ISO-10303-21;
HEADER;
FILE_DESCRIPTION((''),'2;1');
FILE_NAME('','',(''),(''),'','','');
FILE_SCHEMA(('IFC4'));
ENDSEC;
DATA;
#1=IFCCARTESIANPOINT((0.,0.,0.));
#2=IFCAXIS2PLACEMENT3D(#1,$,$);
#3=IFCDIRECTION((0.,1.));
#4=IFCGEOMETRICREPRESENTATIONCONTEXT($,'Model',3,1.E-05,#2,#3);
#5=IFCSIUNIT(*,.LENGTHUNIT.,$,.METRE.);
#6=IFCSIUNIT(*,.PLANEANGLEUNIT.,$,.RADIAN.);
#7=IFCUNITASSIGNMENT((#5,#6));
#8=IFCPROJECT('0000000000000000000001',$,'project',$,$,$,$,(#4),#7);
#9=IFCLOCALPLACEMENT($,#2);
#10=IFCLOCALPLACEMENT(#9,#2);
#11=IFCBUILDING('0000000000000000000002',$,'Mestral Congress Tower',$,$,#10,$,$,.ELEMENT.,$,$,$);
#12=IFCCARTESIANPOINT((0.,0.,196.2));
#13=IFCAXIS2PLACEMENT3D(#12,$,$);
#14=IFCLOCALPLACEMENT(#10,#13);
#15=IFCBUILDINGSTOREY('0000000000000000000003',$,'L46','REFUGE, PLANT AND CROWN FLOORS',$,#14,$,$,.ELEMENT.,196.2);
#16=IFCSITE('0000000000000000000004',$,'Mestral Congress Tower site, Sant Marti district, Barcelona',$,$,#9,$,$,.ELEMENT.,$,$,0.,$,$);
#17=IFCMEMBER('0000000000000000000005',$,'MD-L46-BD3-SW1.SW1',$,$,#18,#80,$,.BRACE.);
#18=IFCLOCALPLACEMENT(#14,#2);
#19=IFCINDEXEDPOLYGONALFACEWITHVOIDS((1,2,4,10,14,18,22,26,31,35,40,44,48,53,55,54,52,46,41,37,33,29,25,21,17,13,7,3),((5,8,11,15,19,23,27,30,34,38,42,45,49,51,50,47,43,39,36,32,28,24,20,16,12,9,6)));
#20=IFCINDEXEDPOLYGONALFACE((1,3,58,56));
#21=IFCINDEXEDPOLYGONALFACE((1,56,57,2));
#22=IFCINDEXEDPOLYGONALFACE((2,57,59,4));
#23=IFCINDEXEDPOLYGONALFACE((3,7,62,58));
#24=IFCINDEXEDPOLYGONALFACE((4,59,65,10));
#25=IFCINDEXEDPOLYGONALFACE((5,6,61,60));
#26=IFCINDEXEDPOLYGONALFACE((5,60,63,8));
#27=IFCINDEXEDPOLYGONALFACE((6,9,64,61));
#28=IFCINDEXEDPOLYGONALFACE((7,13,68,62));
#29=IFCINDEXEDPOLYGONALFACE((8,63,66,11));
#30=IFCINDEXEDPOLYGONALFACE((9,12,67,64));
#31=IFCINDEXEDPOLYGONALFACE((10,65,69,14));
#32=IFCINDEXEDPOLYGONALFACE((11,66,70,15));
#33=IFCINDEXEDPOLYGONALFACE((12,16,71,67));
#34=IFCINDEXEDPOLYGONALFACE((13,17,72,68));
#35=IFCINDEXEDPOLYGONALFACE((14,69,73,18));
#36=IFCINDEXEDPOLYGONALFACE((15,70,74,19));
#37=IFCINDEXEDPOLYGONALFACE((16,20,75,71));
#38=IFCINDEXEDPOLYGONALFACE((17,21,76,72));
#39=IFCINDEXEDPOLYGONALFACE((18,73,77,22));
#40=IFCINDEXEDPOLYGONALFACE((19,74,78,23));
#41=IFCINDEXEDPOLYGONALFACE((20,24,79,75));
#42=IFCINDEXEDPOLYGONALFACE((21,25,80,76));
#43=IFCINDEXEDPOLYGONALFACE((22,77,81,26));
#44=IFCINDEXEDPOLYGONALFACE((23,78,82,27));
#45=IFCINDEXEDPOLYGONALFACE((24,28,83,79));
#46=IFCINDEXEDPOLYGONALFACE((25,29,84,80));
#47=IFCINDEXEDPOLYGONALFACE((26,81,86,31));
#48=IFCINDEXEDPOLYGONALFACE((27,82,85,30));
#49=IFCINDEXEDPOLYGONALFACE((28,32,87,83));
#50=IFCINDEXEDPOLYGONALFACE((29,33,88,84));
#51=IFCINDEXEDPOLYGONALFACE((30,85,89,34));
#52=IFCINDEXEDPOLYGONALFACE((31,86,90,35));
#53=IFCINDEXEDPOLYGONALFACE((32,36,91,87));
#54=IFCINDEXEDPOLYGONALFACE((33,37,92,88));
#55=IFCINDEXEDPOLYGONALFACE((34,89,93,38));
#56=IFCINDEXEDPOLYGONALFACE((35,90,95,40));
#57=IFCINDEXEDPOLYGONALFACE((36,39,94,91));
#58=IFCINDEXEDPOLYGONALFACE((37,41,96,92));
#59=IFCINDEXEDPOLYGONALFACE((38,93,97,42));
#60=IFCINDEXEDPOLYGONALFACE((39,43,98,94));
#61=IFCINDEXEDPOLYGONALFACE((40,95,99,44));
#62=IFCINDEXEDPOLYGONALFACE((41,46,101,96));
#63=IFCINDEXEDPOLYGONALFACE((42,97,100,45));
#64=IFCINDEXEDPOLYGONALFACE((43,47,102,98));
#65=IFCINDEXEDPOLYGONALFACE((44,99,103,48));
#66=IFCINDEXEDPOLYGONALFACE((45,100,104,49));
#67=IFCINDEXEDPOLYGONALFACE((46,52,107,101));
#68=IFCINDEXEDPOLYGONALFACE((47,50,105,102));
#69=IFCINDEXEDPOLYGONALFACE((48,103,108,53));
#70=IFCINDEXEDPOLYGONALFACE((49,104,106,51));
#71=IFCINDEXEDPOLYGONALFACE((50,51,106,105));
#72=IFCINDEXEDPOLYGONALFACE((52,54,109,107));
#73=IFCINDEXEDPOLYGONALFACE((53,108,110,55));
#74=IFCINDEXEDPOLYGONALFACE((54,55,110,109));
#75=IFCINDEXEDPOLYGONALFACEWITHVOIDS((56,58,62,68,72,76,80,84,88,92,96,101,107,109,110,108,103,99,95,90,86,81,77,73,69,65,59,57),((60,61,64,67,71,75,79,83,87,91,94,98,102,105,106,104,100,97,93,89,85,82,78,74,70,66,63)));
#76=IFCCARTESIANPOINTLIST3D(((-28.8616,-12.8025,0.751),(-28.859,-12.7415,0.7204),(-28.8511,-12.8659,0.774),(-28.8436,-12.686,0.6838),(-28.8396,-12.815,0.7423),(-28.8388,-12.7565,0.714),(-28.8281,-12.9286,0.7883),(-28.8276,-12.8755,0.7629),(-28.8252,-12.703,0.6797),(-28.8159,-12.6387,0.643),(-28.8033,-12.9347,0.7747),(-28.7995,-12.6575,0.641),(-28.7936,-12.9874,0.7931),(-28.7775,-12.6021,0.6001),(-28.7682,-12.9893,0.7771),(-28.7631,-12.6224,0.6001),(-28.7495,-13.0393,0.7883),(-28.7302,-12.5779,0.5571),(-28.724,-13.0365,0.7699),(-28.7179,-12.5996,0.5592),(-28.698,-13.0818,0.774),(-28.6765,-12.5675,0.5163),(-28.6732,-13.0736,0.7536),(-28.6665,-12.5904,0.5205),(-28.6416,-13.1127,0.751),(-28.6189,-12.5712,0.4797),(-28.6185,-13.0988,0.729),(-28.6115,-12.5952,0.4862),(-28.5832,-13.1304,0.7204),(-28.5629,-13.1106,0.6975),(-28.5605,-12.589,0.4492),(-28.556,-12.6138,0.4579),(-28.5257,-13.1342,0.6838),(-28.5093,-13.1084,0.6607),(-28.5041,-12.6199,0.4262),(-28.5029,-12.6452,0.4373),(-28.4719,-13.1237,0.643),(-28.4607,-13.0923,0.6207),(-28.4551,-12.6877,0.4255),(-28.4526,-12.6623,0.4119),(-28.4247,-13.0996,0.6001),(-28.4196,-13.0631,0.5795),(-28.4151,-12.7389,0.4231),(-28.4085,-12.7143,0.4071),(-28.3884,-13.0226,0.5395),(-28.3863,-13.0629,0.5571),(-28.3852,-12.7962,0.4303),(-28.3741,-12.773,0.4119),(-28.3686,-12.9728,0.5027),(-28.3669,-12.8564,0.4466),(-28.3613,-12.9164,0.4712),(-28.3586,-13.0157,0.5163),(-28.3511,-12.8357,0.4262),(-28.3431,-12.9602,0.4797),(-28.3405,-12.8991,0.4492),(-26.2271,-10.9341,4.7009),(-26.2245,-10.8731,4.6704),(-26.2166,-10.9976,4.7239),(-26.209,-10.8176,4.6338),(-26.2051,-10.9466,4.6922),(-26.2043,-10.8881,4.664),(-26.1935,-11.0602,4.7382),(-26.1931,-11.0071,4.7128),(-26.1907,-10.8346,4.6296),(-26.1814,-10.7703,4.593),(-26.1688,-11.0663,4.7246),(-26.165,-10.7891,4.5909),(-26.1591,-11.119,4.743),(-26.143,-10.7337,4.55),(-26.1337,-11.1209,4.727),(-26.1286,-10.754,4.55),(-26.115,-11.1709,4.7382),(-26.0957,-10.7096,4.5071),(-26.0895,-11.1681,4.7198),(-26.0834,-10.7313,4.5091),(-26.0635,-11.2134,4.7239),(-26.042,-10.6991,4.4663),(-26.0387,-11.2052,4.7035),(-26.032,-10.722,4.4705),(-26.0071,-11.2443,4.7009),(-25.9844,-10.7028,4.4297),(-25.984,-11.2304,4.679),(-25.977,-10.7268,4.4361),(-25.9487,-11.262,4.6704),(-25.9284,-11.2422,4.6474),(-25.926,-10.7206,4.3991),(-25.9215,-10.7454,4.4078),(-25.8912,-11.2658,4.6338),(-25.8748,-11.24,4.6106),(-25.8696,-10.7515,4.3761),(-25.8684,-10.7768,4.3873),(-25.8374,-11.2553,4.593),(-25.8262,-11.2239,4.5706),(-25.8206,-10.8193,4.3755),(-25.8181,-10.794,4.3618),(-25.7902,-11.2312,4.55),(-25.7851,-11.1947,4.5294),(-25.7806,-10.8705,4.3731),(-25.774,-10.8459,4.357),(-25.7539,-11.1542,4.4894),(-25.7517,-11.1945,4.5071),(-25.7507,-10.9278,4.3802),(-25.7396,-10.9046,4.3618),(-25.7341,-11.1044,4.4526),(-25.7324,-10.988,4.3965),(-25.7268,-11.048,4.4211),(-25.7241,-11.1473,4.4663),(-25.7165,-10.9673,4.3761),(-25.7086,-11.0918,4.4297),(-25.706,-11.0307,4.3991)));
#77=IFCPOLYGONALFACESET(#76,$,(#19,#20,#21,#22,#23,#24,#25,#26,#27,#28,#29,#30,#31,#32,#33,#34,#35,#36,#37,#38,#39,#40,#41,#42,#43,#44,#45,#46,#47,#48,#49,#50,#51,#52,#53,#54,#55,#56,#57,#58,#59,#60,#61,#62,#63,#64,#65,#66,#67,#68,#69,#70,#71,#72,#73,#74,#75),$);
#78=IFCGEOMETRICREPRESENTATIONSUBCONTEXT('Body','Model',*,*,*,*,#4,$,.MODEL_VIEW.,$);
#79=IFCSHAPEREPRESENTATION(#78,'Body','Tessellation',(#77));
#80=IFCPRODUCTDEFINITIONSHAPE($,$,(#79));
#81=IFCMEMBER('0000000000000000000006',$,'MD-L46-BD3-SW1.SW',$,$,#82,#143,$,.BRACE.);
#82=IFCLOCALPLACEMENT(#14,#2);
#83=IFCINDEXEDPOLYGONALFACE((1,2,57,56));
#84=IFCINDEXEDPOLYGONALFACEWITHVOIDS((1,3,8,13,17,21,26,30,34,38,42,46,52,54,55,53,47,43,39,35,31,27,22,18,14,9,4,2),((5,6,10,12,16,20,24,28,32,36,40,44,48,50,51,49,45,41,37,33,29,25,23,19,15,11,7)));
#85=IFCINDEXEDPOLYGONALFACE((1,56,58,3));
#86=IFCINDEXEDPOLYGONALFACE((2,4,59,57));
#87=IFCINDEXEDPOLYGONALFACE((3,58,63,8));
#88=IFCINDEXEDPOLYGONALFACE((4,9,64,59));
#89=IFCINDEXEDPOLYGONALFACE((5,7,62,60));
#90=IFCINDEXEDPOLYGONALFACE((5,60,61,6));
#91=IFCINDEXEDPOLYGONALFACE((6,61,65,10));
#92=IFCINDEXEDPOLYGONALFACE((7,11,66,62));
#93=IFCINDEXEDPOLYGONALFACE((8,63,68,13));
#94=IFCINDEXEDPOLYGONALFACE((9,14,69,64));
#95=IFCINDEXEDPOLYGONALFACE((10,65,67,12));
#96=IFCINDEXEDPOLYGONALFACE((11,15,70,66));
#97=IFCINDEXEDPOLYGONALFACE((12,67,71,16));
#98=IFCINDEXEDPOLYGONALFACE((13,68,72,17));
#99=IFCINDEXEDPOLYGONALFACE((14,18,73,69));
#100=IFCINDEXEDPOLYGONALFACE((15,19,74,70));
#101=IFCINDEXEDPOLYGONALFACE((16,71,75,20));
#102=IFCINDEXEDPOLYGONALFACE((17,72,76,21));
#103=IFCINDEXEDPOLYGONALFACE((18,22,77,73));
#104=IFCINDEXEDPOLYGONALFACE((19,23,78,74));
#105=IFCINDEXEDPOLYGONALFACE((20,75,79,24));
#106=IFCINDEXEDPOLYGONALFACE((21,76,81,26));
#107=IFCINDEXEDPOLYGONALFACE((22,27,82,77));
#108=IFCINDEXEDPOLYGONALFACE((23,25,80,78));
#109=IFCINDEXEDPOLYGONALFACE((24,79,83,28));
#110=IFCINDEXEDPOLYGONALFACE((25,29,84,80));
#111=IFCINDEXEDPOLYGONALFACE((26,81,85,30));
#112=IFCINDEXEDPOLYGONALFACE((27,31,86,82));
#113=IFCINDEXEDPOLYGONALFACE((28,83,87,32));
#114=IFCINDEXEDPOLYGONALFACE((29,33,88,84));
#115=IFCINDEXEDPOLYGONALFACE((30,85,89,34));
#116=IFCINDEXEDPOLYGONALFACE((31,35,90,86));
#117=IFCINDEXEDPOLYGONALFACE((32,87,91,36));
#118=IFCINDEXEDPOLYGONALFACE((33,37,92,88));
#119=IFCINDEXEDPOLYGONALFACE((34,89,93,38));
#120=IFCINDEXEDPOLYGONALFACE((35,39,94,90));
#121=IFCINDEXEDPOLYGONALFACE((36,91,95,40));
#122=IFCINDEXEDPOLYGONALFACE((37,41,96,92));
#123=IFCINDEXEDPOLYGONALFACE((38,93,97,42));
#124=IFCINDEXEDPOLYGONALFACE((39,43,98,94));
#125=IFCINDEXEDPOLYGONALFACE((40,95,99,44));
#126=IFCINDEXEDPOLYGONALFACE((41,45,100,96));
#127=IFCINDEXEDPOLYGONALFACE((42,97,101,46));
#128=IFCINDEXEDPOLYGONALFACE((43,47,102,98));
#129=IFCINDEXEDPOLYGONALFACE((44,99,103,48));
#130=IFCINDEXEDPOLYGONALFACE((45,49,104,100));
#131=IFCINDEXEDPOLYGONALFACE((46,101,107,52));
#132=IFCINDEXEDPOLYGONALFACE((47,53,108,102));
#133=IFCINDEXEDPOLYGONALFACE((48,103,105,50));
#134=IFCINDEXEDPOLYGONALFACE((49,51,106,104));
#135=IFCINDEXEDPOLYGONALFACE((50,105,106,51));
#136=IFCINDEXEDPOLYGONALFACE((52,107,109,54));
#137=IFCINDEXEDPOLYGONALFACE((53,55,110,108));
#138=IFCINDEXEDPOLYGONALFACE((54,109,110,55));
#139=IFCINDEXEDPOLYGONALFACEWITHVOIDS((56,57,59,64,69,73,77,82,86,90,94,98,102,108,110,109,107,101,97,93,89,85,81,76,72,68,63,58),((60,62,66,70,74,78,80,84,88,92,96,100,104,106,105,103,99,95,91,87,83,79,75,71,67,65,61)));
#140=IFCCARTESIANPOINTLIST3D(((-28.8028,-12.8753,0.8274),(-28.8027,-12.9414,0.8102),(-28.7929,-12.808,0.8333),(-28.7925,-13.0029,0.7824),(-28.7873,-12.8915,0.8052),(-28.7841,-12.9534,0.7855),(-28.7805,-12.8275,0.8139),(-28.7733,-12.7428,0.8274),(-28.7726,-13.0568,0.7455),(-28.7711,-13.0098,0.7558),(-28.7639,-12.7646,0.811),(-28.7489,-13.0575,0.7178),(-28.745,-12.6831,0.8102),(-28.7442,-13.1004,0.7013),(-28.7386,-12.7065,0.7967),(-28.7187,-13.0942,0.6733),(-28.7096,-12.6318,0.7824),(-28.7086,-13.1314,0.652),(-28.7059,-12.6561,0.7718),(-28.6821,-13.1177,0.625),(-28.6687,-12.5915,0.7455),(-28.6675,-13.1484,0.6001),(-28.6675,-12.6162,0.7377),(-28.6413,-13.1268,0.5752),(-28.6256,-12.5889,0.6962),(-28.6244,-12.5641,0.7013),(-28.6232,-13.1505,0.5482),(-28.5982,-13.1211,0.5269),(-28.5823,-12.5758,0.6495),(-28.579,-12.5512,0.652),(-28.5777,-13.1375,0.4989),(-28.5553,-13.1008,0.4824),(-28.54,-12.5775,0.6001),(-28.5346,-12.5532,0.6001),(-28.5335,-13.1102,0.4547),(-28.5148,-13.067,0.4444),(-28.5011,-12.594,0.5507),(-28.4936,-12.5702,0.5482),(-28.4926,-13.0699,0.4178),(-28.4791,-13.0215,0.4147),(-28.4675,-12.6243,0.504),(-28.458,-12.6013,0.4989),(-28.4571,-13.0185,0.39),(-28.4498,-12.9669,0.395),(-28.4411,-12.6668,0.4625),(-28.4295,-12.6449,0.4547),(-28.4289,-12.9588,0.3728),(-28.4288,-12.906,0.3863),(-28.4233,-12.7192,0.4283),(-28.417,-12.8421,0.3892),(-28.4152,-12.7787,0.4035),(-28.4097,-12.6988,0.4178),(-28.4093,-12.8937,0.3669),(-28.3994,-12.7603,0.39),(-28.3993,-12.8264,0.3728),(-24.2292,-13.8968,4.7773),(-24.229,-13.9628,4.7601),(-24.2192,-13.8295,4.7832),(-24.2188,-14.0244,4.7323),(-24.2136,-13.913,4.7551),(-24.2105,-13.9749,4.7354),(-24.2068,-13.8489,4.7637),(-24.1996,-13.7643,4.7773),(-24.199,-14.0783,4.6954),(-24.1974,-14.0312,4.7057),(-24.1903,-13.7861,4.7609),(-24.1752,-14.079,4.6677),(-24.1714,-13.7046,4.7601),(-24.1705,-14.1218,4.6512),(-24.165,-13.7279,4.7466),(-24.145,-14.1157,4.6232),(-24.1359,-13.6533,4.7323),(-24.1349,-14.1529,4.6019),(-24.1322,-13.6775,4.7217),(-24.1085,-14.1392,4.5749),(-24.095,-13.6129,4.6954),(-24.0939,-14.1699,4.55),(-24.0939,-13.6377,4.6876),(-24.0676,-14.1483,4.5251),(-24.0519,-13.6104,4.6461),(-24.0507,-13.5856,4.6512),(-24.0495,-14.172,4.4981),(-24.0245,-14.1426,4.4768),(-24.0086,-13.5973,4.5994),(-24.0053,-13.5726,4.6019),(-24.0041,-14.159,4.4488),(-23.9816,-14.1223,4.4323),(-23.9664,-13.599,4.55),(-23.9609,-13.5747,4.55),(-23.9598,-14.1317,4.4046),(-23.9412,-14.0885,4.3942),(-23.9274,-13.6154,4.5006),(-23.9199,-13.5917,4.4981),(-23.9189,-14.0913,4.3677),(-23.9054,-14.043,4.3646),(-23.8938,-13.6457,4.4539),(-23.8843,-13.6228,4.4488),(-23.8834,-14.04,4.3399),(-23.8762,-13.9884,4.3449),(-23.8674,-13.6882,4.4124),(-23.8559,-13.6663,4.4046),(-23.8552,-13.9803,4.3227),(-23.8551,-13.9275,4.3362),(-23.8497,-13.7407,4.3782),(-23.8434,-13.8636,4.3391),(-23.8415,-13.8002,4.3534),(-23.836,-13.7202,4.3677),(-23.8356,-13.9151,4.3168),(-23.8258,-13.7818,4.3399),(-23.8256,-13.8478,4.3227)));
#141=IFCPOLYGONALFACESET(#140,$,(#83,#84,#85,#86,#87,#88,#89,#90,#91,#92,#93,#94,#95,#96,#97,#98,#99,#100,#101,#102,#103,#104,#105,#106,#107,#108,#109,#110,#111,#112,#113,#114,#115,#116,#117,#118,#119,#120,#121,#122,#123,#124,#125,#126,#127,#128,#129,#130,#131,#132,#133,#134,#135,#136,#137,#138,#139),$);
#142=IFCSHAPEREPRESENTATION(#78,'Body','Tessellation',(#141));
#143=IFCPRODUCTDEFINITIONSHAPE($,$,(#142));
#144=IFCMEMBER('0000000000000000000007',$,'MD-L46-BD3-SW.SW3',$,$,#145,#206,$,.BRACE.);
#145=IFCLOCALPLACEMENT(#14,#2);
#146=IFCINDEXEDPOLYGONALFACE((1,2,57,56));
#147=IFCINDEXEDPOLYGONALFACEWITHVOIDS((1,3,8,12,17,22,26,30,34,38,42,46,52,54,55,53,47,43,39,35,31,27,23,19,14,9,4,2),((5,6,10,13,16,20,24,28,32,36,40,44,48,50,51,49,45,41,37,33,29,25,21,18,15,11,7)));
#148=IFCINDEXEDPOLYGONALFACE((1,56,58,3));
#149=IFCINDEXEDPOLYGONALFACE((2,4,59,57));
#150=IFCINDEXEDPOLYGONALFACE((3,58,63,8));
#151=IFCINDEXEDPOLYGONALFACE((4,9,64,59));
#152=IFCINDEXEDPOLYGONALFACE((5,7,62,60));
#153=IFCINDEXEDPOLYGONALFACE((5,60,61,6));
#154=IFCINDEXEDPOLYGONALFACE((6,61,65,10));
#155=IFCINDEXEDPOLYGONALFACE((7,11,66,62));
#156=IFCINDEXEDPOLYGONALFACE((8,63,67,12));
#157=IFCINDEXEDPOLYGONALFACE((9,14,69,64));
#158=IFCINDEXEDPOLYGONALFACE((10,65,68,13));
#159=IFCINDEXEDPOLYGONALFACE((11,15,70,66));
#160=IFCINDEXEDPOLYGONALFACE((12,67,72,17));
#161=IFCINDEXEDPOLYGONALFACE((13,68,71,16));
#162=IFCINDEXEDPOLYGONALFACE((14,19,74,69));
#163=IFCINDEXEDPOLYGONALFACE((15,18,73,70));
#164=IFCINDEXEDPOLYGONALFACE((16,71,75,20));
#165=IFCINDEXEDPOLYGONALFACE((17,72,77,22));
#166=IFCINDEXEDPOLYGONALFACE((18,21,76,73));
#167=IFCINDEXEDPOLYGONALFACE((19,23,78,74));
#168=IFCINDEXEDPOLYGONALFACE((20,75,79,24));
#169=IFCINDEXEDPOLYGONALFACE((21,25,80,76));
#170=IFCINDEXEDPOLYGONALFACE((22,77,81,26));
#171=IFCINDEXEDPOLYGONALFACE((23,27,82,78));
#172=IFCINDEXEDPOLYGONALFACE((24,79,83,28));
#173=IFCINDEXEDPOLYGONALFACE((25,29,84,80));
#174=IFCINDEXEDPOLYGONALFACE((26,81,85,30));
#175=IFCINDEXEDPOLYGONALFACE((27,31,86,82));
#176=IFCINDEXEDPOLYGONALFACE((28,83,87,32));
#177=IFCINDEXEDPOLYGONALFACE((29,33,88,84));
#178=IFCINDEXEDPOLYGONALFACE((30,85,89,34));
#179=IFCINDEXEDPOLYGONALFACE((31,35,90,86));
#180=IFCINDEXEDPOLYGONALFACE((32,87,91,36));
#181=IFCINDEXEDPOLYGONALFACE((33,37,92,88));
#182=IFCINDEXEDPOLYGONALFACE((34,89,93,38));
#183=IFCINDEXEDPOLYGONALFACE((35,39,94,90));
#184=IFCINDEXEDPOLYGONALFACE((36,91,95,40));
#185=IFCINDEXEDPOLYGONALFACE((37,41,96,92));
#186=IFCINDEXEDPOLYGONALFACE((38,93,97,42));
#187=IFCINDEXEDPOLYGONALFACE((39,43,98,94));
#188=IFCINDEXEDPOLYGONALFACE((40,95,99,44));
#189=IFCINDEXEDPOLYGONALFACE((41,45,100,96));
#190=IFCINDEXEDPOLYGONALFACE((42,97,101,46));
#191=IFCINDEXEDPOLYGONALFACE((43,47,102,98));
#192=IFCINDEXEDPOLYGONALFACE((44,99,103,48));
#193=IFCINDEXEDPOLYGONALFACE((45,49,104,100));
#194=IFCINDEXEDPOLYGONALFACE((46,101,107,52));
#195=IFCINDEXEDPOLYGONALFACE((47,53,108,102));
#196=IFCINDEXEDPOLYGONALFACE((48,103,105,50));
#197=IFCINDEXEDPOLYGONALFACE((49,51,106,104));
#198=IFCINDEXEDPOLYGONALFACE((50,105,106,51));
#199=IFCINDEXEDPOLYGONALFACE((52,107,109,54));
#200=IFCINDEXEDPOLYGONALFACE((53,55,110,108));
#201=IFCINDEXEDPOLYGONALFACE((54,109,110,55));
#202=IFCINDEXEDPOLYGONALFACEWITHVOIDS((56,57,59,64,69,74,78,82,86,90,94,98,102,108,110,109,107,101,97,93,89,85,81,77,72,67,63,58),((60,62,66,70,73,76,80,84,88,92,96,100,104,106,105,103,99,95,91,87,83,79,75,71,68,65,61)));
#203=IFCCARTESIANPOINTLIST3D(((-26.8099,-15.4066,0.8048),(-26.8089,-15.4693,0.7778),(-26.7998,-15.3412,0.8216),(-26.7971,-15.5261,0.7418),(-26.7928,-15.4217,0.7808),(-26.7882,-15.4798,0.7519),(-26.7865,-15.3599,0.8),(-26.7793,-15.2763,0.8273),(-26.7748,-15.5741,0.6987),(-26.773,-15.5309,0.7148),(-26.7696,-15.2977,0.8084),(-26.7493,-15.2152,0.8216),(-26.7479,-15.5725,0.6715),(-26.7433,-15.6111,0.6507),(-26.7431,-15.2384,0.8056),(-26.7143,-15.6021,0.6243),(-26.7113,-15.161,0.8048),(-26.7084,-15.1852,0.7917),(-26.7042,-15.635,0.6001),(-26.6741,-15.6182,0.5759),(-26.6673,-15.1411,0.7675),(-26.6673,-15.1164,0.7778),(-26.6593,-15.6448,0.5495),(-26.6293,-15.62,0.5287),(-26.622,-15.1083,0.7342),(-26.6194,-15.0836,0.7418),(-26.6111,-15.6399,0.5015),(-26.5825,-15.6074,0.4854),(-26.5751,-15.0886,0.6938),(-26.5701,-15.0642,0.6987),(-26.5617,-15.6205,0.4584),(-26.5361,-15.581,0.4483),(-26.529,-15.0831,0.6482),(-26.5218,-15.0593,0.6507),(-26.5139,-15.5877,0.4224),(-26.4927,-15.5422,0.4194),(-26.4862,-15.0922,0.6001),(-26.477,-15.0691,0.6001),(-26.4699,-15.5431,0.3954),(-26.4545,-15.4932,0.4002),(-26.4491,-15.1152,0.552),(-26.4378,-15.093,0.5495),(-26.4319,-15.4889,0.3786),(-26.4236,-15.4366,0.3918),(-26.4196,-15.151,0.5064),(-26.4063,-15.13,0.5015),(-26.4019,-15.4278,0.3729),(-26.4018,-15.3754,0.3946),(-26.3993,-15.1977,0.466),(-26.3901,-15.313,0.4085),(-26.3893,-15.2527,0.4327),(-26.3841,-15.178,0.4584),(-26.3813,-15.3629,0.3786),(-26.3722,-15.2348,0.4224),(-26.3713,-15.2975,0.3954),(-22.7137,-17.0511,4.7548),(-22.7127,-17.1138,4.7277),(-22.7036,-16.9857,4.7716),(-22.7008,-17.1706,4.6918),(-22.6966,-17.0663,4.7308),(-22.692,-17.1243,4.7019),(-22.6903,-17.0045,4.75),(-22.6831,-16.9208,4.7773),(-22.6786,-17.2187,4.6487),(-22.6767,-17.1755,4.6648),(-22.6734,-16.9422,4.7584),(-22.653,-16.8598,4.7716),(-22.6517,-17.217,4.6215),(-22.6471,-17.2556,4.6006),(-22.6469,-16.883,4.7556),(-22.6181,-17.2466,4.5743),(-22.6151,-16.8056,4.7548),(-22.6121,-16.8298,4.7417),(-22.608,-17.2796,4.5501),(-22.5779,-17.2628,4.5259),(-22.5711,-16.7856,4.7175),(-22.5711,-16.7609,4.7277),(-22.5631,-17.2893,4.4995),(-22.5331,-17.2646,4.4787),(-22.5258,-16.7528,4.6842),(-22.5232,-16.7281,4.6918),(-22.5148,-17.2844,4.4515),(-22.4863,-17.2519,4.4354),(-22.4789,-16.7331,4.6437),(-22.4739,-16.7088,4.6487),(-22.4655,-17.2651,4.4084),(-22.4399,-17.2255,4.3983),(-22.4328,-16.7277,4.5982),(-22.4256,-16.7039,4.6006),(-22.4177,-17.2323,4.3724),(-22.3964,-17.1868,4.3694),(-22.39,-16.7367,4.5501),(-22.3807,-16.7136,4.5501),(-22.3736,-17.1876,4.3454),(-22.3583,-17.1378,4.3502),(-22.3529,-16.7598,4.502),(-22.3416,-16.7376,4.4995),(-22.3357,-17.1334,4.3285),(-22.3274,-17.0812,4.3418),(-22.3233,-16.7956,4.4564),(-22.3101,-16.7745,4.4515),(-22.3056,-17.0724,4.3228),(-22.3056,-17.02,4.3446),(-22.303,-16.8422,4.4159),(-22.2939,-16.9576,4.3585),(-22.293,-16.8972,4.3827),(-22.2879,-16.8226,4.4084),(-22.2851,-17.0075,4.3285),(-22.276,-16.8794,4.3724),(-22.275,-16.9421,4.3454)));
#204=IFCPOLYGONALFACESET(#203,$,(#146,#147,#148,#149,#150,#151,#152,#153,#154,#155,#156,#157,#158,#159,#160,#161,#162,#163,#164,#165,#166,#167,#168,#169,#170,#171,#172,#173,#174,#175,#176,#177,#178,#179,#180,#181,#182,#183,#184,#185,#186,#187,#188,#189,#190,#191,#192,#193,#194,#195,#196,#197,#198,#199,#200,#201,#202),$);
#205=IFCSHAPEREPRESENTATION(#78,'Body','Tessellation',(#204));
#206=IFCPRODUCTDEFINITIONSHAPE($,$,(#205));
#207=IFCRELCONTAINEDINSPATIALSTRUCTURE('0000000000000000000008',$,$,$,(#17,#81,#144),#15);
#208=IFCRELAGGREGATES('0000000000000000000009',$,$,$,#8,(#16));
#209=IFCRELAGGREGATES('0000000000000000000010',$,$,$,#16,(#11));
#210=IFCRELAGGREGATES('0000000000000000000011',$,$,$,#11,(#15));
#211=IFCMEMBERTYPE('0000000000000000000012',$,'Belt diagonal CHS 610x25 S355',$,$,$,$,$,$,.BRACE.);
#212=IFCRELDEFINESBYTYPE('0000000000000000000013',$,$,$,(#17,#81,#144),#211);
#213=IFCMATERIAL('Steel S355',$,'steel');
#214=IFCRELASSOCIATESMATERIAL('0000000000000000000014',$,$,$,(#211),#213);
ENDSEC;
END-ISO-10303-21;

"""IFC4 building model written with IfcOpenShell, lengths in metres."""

from ifc_helpers import new_model, si_unit, direction, frame, origin, origin_2d, place, context, subcontext, project, spatial, hollow_circle, extrude, material, material_profile, profile_set, type_object, element, save


model = new_model("IFC4")

# Units and contexts
model_context = context("Model", 3, precision=1e-05, world=origin(), true_north=direction((0.0, 1.0)))
body_context = subcontext(model_context, "Body", "Model", "MODEL_VIEW")
ifc_project = project(units=[si_unit("LENGTHUNIT", "METRE"), si_unit("PLANEANGLEUNIT", "RADIAN")], contexts=[model_context])

# Site, building, storey
site_placement = place(None, origin())
site = spatial("IfcSite", under=ifc_project, at=site_placement, Name="Mestral Congress Tower site, Sant Marti district, Barcelona", CompositionType="ELEMENT", RefElevation=0.0)
building_placement = place(site_placement, origin())
building = spatial("IfcBuilding", under=site, at=building_placement, Name="Mestral Congress Tower", CompositionType="ELEMENT")
storey_placement = place(building_placement, frame((0.0, 0.0, 196.2)))
storey = spatial("IfcBuildingStorey", under=building, at=storey_placement, Name="L46", Description="REFUGE, PLANT AND CROWN FLOORS", CompositionType="ELEMENT", Elevation=196.2)

# Members
ifc_material_1 = material(Name="Steel S355", Category="steel")
ifc_material_profile_1 = material_profile(ifc_material_1, hollow_circle(Radius=0.3049, WallThickness=0.0249, at=origin_2d()), Name="CHS 610x25")
ifc_profile_set_1 = profile_set([ifc_material_profile_1], Name="Steel S355")
member_type_1 = type_object("IfcMemberType", Name="Belt diagonal CHS 610x25 S355", PredefinedType="BRACE", material=ifc_profile_set_1)
member_1_placement = place(storey_placement, frame((-28.6011, -12.8508, 0.6001), z_axis=(0.516337, 0.366187, 0.774147), x_axis=(-0.578489, 0.81569, 0.0)))
element("IfcMember", 1, at=member_1_placement, inside=storey, type_object=member_type_1, Name="MD-L46-BD3-SW1.SW1", PredefinedType="BRACE", context=body_context, shape_type="SweptSolid", body=[
    extrude(hollow_circle(Radius=0.3049, WallThickness=0.0249, at=origin_2d()), origin(), (0.0, 0.0, 1.0), 5.1023),
])
member_2_placement = place(storey_placement, frame((-28.6011, -12.8508, 0.6001), z_axis=(0.746245, -0.166664, 0.64447), x_axis=(0.217967, 0.975956, 0.0)))
element("IfcMember", 2, at=member_2_placement, inside=storey, type_object=member_type_1, Name="MD-L46-BD3-SW1.SW", PredefinedType="BRACE", context=body_context, shape_type="SweptSolid", body=[
    extrude(hollow_circle(Radius=0.3049, WallThickness=0.0249, at=origin_2d()), origin(), (0.0, 0.0, 1.0), 6.1289),
])
member_3_placement = place(storey_placement, frame((-26.5906, -15.3521, 0.6001), z_axis=(0.69154, -0.277638, 0.666851), x_axis=(0.372573, 0.928003, 0.0)))
element("IfcMember", 3, at=member_3_placement, inside=storey, type_object=member_type_1, Name="MD-L46-BD3-SW.SW3", PredefinedType="BRACE", context=body_context, shape_type="SweptSolid", body=[
    extrude(hollow_circle(Radius=0.3049, WallThickness=0.0249, at=origin_2d()), origin(), (0.0, 0.0, 1.0), 5.9233),
])

save(model, "model.ifc")
